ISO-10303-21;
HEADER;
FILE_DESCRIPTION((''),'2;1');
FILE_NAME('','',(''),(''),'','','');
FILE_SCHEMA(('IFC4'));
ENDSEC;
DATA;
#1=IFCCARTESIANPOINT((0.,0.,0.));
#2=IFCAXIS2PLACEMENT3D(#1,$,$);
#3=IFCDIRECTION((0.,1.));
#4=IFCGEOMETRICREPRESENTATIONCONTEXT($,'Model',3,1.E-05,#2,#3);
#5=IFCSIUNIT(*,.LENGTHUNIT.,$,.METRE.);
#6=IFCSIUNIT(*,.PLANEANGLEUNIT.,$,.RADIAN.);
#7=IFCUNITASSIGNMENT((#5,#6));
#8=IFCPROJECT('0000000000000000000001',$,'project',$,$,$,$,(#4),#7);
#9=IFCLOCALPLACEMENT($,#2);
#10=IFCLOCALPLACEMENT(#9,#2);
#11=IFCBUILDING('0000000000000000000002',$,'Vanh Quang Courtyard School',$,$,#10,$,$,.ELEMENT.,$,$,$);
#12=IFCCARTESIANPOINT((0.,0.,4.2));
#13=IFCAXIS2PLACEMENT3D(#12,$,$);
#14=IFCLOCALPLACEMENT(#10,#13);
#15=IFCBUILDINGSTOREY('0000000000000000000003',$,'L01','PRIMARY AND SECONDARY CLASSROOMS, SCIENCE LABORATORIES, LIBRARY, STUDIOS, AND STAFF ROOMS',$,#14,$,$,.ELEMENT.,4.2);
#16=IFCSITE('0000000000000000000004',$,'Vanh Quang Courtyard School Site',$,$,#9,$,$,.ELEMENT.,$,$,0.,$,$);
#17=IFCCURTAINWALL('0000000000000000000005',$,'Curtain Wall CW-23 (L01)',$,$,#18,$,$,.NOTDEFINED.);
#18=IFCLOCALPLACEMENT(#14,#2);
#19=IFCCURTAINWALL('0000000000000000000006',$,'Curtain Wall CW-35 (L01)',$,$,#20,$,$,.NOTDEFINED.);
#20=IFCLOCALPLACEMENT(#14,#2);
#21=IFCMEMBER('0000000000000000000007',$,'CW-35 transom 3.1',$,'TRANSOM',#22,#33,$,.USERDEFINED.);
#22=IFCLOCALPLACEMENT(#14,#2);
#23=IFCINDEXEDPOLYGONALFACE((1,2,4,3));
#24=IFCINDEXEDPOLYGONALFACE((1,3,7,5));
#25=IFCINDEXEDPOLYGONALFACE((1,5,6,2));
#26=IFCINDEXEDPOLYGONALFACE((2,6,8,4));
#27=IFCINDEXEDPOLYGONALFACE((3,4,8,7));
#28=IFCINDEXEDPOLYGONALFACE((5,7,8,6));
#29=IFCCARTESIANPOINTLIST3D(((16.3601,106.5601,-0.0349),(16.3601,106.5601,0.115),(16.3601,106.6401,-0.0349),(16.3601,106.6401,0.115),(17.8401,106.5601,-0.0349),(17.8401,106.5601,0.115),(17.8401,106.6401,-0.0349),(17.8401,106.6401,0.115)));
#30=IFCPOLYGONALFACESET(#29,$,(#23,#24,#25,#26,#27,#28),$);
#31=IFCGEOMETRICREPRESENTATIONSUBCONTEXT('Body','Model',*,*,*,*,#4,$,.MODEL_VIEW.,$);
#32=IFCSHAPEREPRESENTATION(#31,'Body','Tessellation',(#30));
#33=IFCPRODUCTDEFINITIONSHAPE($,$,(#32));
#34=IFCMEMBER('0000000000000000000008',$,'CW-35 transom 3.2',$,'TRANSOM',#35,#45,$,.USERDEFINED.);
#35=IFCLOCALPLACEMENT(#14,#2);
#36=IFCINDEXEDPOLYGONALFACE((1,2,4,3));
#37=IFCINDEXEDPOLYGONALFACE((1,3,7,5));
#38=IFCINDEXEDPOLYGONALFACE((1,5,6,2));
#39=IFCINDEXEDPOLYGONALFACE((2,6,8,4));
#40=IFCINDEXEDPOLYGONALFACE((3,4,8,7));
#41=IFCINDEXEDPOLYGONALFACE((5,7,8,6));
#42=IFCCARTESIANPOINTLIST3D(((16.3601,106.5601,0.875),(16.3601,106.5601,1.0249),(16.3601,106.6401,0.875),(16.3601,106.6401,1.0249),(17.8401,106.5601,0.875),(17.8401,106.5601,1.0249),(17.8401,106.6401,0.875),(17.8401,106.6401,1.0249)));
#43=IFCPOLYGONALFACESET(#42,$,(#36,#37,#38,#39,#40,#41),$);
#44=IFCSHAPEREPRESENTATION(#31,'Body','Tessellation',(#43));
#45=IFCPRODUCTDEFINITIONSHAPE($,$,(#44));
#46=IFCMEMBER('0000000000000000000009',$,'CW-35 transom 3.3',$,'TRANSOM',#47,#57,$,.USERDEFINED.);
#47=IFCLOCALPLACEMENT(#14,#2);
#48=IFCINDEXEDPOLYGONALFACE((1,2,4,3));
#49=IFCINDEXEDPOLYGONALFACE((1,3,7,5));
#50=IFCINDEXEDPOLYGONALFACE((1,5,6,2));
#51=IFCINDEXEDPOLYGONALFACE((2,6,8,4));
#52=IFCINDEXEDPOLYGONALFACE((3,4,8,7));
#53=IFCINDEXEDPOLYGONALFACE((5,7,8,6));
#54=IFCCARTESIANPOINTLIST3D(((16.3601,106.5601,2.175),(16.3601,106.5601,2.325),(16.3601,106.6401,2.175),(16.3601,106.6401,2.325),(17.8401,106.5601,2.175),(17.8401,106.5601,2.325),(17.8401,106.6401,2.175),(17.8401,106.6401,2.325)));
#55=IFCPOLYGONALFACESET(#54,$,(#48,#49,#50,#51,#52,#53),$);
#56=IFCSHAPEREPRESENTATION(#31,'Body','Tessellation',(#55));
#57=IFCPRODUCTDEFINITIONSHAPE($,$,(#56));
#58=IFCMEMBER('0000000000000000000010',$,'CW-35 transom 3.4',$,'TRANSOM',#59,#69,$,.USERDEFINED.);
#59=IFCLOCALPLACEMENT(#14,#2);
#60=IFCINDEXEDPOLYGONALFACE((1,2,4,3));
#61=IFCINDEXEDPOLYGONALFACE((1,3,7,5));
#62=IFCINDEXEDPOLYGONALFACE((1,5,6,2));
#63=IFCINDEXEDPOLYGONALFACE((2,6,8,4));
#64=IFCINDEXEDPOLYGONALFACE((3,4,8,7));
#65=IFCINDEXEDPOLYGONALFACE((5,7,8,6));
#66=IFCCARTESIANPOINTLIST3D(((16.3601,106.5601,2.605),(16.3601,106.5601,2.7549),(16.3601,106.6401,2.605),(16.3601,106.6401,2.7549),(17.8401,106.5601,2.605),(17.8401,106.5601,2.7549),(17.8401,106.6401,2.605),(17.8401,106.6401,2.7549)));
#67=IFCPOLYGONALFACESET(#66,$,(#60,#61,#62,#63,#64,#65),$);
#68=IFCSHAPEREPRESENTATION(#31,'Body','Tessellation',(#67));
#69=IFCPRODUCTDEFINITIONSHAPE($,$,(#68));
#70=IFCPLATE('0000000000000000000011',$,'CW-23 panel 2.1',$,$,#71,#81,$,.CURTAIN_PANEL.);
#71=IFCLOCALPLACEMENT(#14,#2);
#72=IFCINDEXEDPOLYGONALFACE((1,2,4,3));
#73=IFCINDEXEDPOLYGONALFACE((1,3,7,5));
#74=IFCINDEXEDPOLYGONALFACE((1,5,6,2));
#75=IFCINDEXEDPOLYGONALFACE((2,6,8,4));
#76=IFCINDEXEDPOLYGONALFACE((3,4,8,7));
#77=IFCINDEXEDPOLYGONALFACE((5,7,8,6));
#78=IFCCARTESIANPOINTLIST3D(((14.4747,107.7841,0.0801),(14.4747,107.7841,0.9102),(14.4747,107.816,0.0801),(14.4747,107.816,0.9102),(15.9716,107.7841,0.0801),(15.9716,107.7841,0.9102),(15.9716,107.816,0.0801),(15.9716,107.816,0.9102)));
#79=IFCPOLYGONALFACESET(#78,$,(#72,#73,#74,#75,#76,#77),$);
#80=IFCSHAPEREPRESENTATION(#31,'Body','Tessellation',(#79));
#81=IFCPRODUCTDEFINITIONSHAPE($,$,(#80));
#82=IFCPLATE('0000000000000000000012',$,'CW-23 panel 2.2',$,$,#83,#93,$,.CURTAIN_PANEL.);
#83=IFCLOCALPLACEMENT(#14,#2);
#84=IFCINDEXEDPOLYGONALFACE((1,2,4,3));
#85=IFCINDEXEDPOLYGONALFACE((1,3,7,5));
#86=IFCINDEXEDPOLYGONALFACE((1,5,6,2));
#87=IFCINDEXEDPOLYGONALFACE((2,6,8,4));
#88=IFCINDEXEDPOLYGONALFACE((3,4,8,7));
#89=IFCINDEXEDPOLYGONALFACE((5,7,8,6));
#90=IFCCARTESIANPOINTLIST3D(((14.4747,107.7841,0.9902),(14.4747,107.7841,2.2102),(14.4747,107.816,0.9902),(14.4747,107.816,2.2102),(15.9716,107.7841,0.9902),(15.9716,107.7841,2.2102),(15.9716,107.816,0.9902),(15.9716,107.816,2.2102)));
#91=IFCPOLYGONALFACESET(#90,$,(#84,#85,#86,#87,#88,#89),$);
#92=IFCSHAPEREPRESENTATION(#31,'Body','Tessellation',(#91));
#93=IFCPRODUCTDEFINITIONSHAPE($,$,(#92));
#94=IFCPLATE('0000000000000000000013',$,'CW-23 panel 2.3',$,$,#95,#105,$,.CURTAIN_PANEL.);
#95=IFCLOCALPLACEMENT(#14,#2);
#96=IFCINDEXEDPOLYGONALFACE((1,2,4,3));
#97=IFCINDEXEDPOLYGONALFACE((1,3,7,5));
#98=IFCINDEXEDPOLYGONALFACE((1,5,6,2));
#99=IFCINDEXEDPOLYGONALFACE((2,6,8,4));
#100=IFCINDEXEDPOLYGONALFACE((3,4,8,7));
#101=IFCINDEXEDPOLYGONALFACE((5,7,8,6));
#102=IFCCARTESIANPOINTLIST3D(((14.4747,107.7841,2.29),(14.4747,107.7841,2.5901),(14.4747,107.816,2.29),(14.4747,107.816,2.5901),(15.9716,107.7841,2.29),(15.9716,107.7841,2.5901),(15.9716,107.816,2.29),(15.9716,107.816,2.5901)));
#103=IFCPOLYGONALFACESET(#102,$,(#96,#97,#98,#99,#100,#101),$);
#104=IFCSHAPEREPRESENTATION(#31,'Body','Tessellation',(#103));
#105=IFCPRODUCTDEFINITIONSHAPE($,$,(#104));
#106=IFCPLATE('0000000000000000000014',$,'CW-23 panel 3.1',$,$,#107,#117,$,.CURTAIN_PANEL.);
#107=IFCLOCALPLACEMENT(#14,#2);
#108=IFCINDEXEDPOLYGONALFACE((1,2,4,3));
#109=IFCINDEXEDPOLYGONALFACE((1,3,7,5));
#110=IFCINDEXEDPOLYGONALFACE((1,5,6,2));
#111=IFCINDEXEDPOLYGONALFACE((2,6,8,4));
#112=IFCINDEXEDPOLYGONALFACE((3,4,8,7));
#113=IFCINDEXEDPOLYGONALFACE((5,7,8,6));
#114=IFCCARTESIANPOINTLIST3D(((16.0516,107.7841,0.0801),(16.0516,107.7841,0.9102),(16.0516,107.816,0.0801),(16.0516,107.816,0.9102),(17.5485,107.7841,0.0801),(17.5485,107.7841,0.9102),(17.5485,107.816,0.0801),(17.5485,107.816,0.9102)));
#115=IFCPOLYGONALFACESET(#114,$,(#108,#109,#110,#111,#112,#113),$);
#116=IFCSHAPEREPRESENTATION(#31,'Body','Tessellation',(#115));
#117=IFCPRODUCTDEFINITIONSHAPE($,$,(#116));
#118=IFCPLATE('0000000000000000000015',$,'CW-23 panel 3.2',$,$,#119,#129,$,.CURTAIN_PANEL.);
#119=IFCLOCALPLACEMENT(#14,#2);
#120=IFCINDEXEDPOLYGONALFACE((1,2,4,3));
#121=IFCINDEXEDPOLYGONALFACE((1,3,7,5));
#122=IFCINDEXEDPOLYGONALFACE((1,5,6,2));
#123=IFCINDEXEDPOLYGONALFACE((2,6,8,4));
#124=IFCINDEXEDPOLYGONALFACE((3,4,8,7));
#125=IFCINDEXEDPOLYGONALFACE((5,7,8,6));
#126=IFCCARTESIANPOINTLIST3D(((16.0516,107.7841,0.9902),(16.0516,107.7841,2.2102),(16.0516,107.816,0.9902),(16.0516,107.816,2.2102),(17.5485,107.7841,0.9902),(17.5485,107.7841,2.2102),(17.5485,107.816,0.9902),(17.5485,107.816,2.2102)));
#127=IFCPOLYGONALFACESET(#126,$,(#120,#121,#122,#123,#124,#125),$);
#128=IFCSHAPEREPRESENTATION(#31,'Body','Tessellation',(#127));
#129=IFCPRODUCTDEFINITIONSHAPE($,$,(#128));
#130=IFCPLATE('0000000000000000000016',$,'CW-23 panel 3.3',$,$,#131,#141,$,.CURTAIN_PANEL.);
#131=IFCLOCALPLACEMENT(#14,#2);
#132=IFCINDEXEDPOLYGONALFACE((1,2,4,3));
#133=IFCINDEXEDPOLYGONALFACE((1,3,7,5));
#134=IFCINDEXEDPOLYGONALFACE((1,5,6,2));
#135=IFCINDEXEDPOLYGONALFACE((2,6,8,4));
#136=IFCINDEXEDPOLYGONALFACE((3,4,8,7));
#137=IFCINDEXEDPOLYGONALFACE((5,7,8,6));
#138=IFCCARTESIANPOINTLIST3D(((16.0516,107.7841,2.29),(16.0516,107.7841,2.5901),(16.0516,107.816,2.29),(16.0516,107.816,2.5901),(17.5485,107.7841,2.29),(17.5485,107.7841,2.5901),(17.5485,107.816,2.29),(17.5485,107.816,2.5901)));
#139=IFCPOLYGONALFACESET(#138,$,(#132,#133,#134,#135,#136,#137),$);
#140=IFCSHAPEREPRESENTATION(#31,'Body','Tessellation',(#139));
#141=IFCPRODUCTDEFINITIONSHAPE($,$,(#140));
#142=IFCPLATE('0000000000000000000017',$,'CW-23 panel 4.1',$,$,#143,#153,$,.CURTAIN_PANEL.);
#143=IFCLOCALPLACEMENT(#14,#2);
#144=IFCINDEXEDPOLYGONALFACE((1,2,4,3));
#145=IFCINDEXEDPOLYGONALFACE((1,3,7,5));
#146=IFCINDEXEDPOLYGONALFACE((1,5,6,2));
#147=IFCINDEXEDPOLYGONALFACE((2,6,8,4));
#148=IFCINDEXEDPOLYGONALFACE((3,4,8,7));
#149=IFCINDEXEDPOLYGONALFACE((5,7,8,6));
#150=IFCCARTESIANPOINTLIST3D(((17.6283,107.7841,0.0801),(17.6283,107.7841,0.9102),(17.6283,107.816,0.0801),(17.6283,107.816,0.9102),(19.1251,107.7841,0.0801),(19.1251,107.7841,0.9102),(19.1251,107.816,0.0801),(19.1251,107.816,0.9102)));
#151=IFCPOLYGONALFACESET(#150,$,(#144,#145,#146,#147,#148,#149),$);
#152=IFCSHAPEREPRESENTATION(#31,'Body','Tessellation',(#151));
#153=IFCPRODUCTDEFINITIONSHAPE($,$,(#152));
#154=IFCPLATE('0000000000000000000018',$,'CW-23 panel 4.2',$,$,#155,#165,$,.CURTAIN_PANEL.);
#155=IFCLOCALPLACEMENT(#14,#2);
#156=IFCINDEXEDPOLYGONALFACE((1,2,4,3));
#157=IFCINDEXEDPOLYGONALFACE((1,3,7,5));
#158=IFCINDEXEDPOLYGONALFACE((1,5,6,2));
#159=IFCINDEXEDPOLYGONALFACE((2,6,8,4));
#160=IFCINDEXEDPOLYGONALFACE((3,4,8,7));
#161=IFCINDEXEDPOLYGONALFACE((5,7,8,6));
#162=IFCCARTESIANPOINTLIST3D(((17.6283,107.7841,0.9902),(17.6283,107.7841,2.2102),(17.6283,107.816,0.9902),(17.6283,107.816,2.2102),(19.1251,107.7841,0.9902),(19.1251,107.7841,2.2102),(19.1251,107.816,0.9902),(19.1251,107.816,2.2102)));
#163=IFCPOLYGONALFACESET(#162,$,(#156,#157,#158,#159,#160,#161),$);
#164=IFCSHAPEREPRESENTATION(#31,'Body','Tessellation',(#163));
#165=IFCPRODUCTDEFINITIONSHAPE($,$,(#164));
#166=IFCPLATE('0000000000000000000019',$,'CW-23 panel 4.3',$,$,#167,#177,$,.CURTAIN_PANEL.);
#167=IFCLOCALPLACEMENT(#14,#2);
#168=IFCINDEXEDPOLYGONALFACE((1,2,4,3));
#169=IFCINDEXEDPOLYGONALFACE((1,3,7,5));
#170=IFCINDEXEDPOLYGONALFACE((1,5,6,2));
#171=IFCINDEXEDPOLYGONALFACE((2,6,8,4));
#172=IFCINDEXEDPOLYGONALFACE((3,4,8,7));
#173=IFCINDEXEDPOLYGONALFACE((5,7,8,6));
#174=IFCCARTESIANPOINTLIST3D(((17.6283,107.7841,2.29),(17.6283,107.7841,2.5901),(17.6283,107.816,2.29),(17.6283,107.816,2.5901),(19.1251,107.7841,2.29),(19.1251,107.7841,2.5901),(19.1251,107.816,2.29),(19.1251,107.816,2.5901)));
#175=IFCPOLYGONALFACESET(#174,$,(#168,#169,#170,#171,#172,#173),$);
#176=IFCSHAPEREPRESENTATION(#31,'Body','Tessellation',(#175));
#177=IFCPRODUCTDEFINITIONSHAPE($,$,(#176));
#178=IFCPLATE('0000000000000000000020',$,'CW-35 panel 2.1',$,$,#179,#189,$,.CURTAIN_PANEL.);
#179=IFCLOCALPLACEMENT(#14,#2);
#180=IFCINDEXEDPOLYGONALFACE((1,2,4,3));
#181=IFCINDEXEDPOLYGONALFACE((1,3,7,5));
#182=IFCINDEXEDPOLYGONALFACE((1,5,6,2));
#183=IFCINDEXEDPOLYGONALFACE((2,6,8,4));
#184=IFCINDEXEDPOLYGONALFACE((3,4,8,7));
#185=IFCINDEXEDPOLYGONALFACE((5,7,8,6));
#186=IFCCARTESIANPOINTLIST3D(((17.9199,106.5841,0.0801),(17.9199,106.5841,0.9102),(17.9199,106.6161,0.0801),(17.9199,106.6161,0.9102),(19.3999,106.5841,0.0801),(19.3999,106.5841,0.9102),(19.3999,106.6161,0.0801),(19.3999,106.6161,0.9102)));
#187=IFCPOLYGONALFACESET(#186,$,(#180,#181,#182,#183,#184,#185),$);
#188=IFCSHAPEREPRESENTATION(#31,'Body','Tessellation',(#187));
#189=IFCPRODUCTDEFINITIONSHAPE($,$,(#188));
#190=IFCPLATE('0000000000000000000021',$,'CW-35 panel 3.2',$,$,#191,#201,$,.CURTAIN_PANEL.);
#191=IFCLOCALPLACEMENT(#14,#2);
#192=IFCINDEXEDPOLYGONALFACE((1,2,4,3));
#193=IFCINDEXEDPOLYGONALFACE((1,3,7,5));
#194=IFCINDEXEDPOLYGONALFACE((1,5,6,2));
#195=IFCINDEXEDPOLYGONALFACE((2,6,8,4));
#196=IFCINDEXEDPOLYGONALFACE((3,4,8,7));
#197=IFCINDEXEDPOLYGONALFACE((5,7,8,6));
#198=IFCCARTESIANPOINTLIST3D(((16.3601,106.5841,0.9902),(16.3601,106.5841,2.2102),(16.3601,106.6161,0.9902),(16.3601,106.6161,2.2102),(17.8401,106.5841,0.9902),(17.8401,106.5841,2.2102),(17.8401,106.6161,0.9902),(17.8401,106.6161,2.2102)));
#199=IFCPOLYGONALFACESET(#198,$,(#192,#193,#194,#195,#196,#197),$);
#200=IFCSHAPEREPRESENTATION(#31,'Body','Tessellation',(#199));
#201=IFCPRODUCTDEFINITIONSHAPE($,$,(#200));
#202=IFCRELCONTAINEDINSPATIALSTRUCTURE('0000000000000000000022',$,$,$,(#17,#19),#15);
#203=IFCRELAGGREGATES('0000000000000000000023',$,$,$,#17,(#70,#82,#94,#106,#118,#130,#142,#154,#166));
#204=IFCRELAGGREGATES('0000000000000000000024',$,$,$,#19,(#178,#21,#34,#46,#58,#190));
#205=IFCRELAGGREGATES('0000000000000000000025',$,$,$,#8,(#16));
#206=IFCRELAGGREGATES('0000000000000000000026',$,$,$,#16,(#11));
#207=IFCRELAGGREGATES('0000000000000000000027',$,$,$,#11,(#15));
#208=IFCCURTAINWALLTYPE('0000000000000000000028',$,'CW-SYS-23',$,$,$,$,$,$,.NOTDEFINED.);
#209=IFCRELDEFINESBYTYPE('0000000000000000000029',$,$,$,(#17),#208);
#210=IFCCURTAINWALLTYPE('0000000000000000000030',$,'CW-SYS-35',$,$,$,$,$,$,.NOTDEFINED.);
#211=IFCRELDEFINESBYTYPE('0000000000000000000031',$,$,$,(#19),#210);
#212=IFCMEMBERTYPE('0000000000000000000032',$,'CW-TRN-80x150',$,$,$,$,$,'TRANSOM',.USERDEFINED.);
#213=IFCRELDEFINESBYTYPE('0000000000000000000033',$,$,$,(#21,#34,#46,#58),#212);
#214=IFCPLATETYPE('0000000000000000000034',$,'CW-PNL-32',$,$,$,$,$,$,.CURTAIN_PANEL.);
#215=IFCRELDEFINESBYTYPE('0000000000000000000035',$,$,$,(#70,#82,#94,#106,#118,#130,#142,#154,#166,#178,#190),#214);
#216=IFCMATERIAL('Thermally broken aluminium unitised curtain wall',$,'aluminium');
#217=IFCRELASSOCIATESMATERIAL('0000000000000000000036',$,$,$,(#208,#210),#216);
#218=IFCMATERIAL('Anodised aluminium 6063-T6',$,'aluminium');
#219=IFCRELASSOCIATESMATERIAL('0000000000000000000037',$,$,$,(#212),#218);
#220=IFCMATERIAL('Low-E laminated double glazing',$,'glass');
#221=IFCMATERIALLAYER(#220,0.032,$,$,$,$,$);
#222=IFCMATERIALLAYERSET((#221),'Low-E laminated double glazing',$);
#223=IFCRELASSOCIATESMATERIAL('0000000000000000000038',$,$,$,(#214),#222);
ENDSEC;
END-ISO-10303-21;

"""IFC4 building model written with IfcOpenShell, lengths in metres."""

from ifc_helpers import new_model, si_unit, direction, frame, origin, origin_2d, place, context, subcontext, project, spatial, rectangle, extrude, material, layer, layer_set, material_profile, profile_set, type_object, element, aggregate, save


model = new_model("IFC4")

# Units and contexts
model_context = context("Model", 3, precision=1e-05, world=origin(), true_north=direction((0.0, 1.0)))
body_context = subcontext(model_context, "Body", "Model", "MODEL_VIEW")
ifc_project = project(units=[si_unit("LENGTHUNIT", "METRE"), si_unit("PLANEANGLEUNIT", "RADIAN")], contexts=[model_context])

# Site, building, storey
site_placement = place(None, origin())
site = spatial("IfcSite", under=ifc_project, at=site_placement, Name="Vanh Quang Courtyard School Site", CompositionType="ELEMENT", RefElevation=0.0)
building_placement = place(site_placement, origin())
building = spatial("IfcBuilding", under=site, at=building_placement, Name="Vanh Quang Courtyard School", CompositionType="ELEMENT")
storey_placement = place(building_placement, frame((0.0, 0.0, 4.2)))
storey = spatial("IfcBuildingStorey", under=building, at=storey_placement, Name="L01", Description="PRIMARY AND SECONDARY CLASSROOMS, SCIENCE LABORATORIES, LIBRARY, STUDIOS, AND STAFF ROOMS", CompositionType="ELEMENT", Elevation=4.2)

# Curtain wall
ifc_material_1 = material(Name="Thermally broken aluminium unitised curtain wall", Category="aluminium")
curtain_wall_type_1 = type_object("IfcCurtainWallType", Name="CW-SYS-23", PredefinedType="NOTDEFINED", material=ifc_material_1)
curtain_wall_1_placement = place(storey_placement, origin())
curtain_wall_1 = element("IfcCurtainWall", 1, at=curtain_wall_1_placement, inside=storey, type_object=curtain_wall_type_1, Name="Curtain Wall CW-23 (L01)", PredefinedType="NOTDEFINED")
ifc_material_2 = material(Name="Anodised aluminium 6063-T6", Category="aluminium")

# Curtain wall
curtain_wall_type_2 = type_object("IfcCurtainWallType", Name="CW-SYS-35", PredefinedType="NOTDEFINED", material=ifc_material_1)
curtain_wall_2_placement = place(storey_placement, origin())
curtain_wall_2 = element("IfcCurtainWall", 2, at=curtain_wall_2_placement, inside=storey, type_object=curtain_wall_type_2, Name="Curtain Wall CW-35 (L01)", PredefinedType="NOTDEFINED")

# Members
ifc_material_profile_1 = material_profile(ifc_material_2, rectangle(XDim=0.0801, YDim=0.1499, at=origin_2d()), Name="ALU-TRN 80x150")
ifc_profile_set_1 = profile_set([ifc_material_profile_1], Name="Anodised aluminium 6063-T6")
member_type_1 = type_object("IfcMemberType", Name="CW-TRN-80x150", ElementType="TRANSOM", PredefinedType="USERDEFINED", material=ifc_profile_set_1)
member_1_placement = place(storey_placement, frame((17.8401, 106.6001, 0.04), z_axis=(-1.0, 0.0, 0.0), x_axis=(0.0, -1.0, 0.0)))
member_1 = element("IfcMember", 3, at=member_1_placement, type_object=member_type_1, Name="CW-35 transom 3.1", ObjectType="TRANSOM", PredefinedType="USERDEFINED", context=body_context, shape_type="SweptSolid", body=[
    extrude(rectangle(XDim=0.0801, YDim=0.1499, at=origin_2d()), origin(), (0.0, 0.0, 1.0), 1.48),
])
member_2_placement = place(storey_placement, frame((17.8401, 106.6001, 0.95), z_axis=(-1.0, 0.0, 0.0), x_axis=(0.0, -1.0, 0.0)))
member_2 = element("IfcMember", 4, at=member_2_placement, type_object=member_type_1, Name="CW-35 transom 3.2", ObjectType="TRANSOM", PredefinedType="USERDEFINED", context=body_context, shape_type="SweptSolid", body=[
    extrude(rectangle(XDim=0.0801, YDim=0.1499, at=origin_2d()), origin(), (0.0, 0.0, 1.0), 1.48),
])
member_3_placement = place(storey_placement, frame((17.8401, 106.6001, 2.25), z_axis=(-1.0, 0.0, 0.0), x_axis=(0.0, -1.0, 0.0)))
member_3 = element("IfcMember", 5, at=member_3_placement, type_object=member_type_1, Name="CW-35 transom 3.3", ObjectType="TRANSOM", PredefinedType="USERDEFINED", context=body_context, shape_type="SweptSolid", body=[
    extrude(rectangle(XDim=0.0801, YDim=0.1499, at=origin_2d()), origin(), (0.0, 0.0, 1.0), 1.48),
])
member_4_placement = place(storey_placement, frame((17.8401, 106.6001, 2.6799), z_axis=(-1.0, 0.0, 0.0), x_axis=(0.0, -1.0, 0.0)))
member_4 = element("IfcMember", 6, at=member_4_placement, type_object=member_type_1, Name="CW-35 transom 3.4", ObjectType="TRANSOM", PredefinedType="USERDEFINED", context=body_context, shape_type="SweptSolid", body=[
    extrude(rectangle(XDim=0.0801, YDim=0.1499, at=origin_2d()), origin(), (0.0, 0.0, 1.0), 1.48),
])

# Plates
ifc_material_3 = material(Name="Low-E laminated double glazing", Category="glass")
ifc_layer = layer(ifc_material_3, 0.032)
ifc_layer_set = layer_set([ifc_layer], Name="Low-E laminated double glazing")
plate_type = type_object("IfcPlateType", Name="CW-PNL-32", PredefinedType="CURTAIN_PANEL", material=ifc_layer_set)
plate_1_placement = place(storey_placement, frame((15.2231, 107.8, 0.0801), z_axis=(0.0, 0.0, 1.0), x_axis=(1.0, 0.0, 0.0)))
plate_1 = element("IfcPlate", 7, at=plate_1_placement, type_object=plate_type, Name="CW-23 panel 2.1", PredefinedType="CURTAIN_PANEL", context=body_context, shape_type="SweptSolid", body=[
    extrude(rectangle(XDim=1.4968, YDim=0.032, at=origin_2d()), origin(), (0.0, 0.0, 1.0), 0.8301),
])
plate_2_placement = place(storey_placement, frame((15.2231, 107.8, 0.9902), z_axis=(0.0, 0.0, 1.0), x_axis=(1.0, 0.0, 0.0)))
plate_2 = element("IfcPlate", 8, at=plate_2_placement, type_object=plate_type, Name="CW-23 panel 2.2", PredefinedType="CURTAIN_PANEL", context=body_context, shape_type="SweptSolid", body=[
    extrude(rectangle(XDim=1.4968, YDim=0.032, at=origin_2d()), origin(), (0.0, 0.0, 1.0), 1.22),
])
plate_3_placement = place(storey_placement, frame((15.2231, 107.8, 2.29), z_axis=(0.0, 0.0, 1.0), x_axis=(1.0, 0.0, 0.0)))
plate_3 = element("IfcPlate", 9, at=plate_3_placement, type_object=plate_type, Name="CW-23 panel 2.3", PredefinedType="CURTAIN_PANEL", context=body_context, shape_type="SweptSolid", body=[
    extrude(rectangle(XDim=1.4968, YDim=0.032, at=origin_2d()), origin(), (0.0, 0.0, 1.0), 0.3),
])
plate_4_placement = place(storey_placement, frame((16.8, 107.8, 0.0801), z_axis=(0.0, 0.0, 1.0), x_axis=(1.0, 0.0, 0.0)))
plate_4 = element("IfcPlate", 10, at=plate_4_placement, type_object=plate_type, Name="CW-23 panel 3.1", PredefinedType="CURTAIN_PANEL", context=body_context, shape_type="SweptSolid", body=[
    extrude(rectangle(XDim=1.4968, YDim=0.032, at=origin_2d()), origin(), (0.0, 0.0, 1.0), 0.8301),
])
plate_5_placement = place(storey_placement, frame((16.8, 107.8, 0.9902), z_axis=(0.0, 0.0, 1.0), x_axis=(1.0, 0.0, 0.0)))
plate_5 = element("IfcPlate", 11, at=plate_5_placement, type_object=plate_type, Name="CW-23 panel 3.2", PredefinedType="CURTAIN_PANEL", context=body_context, shape_type="SweptSolid", body=[
    extrude(rectangle(XDim=1.4968, YDim=0.032, at=origin_2d()), origin(), (0.0, 0.0, 1.0), 1.22),
])
plate_6_placement = place(storey_placement, frame((16.8, 107.8, 2.29), z_axis=(0.0, 0.0, 1.0), x_axis=(1.0, 0.0, 0.0)))
plate_6 = element("IfcPlate", 12, at=plate_6_placement, type_object=plate_type, Name="CW-23 panel 3.3", PredefinedType="CURTAIN_PANEL", context=body_context, shape_type="SweptSolid", body=[
    extrude(rectangle(XDim=1.4968, YDim=0.032, at=origin_2d()), origin(), (0.0, 0.0, 1.0), 0.3),
])
plate_7_placement = place(storey_placement, frame((18.3767, 107.8, 0.0801), z_axis=(0.0, 0.0, 1.0), x_axis=(1.0, 0.0, 0.0)))
plate_7 = element("IfcPlate", 13, at=plate_7_placement, type_object=plate_type, Name="CW-23 panel 4.1", PredefinedType="CURTAIN_PANEL", context=body_context, shape_type="SweptSolid", body=[
    extrude(rectangle(XDim=1.4968, YDim=0.032, at=origin_2d()), origin(), (0.0, 0.0, 1.0), 0.8301),
])
plate_8_placement = place(storey_placement, frame((18.3767, 107.8, 0.9902), z_axis=(0.0, 0.0, 1.0), x_axis=(1.0, 0.0, 0.0)))
plate_8 = element("IfcPlate", 14, at=plate_8_placement, type_object=plate_type, Name="CW-23 panel 4.2", PredefinedType="CURTAIN_PANEL", context=body_context, shape_type="SweptSolid", body=[
    extrude(rectangle(XDim=1.4968, YDim=0.032, at=origin_2d()), origin(), (0.0, 0.0, 1.0), 1.22),
])
plate_9_placement = place(storey_placement, frame((18.3767, 107.8, 2.29), z_axis=(0.0, 0.0, 1.0), x_axis=(1.0, 0.0, 0.0)))
plate_9 = element("IfcPlate", 15, at=plate_9_placement, type_object=plate_type, Name="CW-23 panel 4.3", PredefinedType="CURTAIN_PANEL", context=body_context, shape_type="SweptSolid", body=[
    extrude(rectangle(XDim=1.4968, YDim=0.032, at=origin_2d()), origin(), (0.0, 0.0, 1.0), 0.3),
])
aggregate(curtain_wall_1, [plate_1, plate_2, plate_3, plate_4, plate_5, plate_6, plate_7, plate_8, plate_9])
plate_10_placement = place(storey_placement, frame((18.6599, 106.6001, 0.0801), z_axis=(0.0, 0.0, 1.0), x_axis=(-1.0, 0.0, 0.0)))
plate_10 = element("IfcPlate", 16, at=plate_10_placement, type_object=plate_type, Name="CW-35 panel 2.1", PredefinedType="CURTAIN_PANEL", context=body_context, shape_type="SweptSolid", body=[
    extrude(rectangle(XDim=1.48, YDim=0.032, at=origin_2d()), origin(), (0.0, 0.0, 1.0), 0.8301),
])
plate_11_placement = place(storey_placement, frame((17.1001, 106.6001, 0.9902), z_axis=(0.0, 0.0, 1.0), x_axis=(-1.0, 0.0, 0.0)))
plate_11 = element("IfcPlate", 17, at=plate_11_placement, type_object=plate_type, Name="CW-35 panel 3.2", PredefinedType="CURTAIN_PANEL", context=body_context, shape_type="SweptSolid", body=[
    extrude(rectangle(XDim=1.48, YDim=0.032, at=origin_2d()), origin(), (0.0, 0.0, 1.0), 1.22),
])
aggregate(curtain_wall_2, [plate_10, member_1, member_2, member_3, member_4, plate_11])

save(model, "model.ifc")
